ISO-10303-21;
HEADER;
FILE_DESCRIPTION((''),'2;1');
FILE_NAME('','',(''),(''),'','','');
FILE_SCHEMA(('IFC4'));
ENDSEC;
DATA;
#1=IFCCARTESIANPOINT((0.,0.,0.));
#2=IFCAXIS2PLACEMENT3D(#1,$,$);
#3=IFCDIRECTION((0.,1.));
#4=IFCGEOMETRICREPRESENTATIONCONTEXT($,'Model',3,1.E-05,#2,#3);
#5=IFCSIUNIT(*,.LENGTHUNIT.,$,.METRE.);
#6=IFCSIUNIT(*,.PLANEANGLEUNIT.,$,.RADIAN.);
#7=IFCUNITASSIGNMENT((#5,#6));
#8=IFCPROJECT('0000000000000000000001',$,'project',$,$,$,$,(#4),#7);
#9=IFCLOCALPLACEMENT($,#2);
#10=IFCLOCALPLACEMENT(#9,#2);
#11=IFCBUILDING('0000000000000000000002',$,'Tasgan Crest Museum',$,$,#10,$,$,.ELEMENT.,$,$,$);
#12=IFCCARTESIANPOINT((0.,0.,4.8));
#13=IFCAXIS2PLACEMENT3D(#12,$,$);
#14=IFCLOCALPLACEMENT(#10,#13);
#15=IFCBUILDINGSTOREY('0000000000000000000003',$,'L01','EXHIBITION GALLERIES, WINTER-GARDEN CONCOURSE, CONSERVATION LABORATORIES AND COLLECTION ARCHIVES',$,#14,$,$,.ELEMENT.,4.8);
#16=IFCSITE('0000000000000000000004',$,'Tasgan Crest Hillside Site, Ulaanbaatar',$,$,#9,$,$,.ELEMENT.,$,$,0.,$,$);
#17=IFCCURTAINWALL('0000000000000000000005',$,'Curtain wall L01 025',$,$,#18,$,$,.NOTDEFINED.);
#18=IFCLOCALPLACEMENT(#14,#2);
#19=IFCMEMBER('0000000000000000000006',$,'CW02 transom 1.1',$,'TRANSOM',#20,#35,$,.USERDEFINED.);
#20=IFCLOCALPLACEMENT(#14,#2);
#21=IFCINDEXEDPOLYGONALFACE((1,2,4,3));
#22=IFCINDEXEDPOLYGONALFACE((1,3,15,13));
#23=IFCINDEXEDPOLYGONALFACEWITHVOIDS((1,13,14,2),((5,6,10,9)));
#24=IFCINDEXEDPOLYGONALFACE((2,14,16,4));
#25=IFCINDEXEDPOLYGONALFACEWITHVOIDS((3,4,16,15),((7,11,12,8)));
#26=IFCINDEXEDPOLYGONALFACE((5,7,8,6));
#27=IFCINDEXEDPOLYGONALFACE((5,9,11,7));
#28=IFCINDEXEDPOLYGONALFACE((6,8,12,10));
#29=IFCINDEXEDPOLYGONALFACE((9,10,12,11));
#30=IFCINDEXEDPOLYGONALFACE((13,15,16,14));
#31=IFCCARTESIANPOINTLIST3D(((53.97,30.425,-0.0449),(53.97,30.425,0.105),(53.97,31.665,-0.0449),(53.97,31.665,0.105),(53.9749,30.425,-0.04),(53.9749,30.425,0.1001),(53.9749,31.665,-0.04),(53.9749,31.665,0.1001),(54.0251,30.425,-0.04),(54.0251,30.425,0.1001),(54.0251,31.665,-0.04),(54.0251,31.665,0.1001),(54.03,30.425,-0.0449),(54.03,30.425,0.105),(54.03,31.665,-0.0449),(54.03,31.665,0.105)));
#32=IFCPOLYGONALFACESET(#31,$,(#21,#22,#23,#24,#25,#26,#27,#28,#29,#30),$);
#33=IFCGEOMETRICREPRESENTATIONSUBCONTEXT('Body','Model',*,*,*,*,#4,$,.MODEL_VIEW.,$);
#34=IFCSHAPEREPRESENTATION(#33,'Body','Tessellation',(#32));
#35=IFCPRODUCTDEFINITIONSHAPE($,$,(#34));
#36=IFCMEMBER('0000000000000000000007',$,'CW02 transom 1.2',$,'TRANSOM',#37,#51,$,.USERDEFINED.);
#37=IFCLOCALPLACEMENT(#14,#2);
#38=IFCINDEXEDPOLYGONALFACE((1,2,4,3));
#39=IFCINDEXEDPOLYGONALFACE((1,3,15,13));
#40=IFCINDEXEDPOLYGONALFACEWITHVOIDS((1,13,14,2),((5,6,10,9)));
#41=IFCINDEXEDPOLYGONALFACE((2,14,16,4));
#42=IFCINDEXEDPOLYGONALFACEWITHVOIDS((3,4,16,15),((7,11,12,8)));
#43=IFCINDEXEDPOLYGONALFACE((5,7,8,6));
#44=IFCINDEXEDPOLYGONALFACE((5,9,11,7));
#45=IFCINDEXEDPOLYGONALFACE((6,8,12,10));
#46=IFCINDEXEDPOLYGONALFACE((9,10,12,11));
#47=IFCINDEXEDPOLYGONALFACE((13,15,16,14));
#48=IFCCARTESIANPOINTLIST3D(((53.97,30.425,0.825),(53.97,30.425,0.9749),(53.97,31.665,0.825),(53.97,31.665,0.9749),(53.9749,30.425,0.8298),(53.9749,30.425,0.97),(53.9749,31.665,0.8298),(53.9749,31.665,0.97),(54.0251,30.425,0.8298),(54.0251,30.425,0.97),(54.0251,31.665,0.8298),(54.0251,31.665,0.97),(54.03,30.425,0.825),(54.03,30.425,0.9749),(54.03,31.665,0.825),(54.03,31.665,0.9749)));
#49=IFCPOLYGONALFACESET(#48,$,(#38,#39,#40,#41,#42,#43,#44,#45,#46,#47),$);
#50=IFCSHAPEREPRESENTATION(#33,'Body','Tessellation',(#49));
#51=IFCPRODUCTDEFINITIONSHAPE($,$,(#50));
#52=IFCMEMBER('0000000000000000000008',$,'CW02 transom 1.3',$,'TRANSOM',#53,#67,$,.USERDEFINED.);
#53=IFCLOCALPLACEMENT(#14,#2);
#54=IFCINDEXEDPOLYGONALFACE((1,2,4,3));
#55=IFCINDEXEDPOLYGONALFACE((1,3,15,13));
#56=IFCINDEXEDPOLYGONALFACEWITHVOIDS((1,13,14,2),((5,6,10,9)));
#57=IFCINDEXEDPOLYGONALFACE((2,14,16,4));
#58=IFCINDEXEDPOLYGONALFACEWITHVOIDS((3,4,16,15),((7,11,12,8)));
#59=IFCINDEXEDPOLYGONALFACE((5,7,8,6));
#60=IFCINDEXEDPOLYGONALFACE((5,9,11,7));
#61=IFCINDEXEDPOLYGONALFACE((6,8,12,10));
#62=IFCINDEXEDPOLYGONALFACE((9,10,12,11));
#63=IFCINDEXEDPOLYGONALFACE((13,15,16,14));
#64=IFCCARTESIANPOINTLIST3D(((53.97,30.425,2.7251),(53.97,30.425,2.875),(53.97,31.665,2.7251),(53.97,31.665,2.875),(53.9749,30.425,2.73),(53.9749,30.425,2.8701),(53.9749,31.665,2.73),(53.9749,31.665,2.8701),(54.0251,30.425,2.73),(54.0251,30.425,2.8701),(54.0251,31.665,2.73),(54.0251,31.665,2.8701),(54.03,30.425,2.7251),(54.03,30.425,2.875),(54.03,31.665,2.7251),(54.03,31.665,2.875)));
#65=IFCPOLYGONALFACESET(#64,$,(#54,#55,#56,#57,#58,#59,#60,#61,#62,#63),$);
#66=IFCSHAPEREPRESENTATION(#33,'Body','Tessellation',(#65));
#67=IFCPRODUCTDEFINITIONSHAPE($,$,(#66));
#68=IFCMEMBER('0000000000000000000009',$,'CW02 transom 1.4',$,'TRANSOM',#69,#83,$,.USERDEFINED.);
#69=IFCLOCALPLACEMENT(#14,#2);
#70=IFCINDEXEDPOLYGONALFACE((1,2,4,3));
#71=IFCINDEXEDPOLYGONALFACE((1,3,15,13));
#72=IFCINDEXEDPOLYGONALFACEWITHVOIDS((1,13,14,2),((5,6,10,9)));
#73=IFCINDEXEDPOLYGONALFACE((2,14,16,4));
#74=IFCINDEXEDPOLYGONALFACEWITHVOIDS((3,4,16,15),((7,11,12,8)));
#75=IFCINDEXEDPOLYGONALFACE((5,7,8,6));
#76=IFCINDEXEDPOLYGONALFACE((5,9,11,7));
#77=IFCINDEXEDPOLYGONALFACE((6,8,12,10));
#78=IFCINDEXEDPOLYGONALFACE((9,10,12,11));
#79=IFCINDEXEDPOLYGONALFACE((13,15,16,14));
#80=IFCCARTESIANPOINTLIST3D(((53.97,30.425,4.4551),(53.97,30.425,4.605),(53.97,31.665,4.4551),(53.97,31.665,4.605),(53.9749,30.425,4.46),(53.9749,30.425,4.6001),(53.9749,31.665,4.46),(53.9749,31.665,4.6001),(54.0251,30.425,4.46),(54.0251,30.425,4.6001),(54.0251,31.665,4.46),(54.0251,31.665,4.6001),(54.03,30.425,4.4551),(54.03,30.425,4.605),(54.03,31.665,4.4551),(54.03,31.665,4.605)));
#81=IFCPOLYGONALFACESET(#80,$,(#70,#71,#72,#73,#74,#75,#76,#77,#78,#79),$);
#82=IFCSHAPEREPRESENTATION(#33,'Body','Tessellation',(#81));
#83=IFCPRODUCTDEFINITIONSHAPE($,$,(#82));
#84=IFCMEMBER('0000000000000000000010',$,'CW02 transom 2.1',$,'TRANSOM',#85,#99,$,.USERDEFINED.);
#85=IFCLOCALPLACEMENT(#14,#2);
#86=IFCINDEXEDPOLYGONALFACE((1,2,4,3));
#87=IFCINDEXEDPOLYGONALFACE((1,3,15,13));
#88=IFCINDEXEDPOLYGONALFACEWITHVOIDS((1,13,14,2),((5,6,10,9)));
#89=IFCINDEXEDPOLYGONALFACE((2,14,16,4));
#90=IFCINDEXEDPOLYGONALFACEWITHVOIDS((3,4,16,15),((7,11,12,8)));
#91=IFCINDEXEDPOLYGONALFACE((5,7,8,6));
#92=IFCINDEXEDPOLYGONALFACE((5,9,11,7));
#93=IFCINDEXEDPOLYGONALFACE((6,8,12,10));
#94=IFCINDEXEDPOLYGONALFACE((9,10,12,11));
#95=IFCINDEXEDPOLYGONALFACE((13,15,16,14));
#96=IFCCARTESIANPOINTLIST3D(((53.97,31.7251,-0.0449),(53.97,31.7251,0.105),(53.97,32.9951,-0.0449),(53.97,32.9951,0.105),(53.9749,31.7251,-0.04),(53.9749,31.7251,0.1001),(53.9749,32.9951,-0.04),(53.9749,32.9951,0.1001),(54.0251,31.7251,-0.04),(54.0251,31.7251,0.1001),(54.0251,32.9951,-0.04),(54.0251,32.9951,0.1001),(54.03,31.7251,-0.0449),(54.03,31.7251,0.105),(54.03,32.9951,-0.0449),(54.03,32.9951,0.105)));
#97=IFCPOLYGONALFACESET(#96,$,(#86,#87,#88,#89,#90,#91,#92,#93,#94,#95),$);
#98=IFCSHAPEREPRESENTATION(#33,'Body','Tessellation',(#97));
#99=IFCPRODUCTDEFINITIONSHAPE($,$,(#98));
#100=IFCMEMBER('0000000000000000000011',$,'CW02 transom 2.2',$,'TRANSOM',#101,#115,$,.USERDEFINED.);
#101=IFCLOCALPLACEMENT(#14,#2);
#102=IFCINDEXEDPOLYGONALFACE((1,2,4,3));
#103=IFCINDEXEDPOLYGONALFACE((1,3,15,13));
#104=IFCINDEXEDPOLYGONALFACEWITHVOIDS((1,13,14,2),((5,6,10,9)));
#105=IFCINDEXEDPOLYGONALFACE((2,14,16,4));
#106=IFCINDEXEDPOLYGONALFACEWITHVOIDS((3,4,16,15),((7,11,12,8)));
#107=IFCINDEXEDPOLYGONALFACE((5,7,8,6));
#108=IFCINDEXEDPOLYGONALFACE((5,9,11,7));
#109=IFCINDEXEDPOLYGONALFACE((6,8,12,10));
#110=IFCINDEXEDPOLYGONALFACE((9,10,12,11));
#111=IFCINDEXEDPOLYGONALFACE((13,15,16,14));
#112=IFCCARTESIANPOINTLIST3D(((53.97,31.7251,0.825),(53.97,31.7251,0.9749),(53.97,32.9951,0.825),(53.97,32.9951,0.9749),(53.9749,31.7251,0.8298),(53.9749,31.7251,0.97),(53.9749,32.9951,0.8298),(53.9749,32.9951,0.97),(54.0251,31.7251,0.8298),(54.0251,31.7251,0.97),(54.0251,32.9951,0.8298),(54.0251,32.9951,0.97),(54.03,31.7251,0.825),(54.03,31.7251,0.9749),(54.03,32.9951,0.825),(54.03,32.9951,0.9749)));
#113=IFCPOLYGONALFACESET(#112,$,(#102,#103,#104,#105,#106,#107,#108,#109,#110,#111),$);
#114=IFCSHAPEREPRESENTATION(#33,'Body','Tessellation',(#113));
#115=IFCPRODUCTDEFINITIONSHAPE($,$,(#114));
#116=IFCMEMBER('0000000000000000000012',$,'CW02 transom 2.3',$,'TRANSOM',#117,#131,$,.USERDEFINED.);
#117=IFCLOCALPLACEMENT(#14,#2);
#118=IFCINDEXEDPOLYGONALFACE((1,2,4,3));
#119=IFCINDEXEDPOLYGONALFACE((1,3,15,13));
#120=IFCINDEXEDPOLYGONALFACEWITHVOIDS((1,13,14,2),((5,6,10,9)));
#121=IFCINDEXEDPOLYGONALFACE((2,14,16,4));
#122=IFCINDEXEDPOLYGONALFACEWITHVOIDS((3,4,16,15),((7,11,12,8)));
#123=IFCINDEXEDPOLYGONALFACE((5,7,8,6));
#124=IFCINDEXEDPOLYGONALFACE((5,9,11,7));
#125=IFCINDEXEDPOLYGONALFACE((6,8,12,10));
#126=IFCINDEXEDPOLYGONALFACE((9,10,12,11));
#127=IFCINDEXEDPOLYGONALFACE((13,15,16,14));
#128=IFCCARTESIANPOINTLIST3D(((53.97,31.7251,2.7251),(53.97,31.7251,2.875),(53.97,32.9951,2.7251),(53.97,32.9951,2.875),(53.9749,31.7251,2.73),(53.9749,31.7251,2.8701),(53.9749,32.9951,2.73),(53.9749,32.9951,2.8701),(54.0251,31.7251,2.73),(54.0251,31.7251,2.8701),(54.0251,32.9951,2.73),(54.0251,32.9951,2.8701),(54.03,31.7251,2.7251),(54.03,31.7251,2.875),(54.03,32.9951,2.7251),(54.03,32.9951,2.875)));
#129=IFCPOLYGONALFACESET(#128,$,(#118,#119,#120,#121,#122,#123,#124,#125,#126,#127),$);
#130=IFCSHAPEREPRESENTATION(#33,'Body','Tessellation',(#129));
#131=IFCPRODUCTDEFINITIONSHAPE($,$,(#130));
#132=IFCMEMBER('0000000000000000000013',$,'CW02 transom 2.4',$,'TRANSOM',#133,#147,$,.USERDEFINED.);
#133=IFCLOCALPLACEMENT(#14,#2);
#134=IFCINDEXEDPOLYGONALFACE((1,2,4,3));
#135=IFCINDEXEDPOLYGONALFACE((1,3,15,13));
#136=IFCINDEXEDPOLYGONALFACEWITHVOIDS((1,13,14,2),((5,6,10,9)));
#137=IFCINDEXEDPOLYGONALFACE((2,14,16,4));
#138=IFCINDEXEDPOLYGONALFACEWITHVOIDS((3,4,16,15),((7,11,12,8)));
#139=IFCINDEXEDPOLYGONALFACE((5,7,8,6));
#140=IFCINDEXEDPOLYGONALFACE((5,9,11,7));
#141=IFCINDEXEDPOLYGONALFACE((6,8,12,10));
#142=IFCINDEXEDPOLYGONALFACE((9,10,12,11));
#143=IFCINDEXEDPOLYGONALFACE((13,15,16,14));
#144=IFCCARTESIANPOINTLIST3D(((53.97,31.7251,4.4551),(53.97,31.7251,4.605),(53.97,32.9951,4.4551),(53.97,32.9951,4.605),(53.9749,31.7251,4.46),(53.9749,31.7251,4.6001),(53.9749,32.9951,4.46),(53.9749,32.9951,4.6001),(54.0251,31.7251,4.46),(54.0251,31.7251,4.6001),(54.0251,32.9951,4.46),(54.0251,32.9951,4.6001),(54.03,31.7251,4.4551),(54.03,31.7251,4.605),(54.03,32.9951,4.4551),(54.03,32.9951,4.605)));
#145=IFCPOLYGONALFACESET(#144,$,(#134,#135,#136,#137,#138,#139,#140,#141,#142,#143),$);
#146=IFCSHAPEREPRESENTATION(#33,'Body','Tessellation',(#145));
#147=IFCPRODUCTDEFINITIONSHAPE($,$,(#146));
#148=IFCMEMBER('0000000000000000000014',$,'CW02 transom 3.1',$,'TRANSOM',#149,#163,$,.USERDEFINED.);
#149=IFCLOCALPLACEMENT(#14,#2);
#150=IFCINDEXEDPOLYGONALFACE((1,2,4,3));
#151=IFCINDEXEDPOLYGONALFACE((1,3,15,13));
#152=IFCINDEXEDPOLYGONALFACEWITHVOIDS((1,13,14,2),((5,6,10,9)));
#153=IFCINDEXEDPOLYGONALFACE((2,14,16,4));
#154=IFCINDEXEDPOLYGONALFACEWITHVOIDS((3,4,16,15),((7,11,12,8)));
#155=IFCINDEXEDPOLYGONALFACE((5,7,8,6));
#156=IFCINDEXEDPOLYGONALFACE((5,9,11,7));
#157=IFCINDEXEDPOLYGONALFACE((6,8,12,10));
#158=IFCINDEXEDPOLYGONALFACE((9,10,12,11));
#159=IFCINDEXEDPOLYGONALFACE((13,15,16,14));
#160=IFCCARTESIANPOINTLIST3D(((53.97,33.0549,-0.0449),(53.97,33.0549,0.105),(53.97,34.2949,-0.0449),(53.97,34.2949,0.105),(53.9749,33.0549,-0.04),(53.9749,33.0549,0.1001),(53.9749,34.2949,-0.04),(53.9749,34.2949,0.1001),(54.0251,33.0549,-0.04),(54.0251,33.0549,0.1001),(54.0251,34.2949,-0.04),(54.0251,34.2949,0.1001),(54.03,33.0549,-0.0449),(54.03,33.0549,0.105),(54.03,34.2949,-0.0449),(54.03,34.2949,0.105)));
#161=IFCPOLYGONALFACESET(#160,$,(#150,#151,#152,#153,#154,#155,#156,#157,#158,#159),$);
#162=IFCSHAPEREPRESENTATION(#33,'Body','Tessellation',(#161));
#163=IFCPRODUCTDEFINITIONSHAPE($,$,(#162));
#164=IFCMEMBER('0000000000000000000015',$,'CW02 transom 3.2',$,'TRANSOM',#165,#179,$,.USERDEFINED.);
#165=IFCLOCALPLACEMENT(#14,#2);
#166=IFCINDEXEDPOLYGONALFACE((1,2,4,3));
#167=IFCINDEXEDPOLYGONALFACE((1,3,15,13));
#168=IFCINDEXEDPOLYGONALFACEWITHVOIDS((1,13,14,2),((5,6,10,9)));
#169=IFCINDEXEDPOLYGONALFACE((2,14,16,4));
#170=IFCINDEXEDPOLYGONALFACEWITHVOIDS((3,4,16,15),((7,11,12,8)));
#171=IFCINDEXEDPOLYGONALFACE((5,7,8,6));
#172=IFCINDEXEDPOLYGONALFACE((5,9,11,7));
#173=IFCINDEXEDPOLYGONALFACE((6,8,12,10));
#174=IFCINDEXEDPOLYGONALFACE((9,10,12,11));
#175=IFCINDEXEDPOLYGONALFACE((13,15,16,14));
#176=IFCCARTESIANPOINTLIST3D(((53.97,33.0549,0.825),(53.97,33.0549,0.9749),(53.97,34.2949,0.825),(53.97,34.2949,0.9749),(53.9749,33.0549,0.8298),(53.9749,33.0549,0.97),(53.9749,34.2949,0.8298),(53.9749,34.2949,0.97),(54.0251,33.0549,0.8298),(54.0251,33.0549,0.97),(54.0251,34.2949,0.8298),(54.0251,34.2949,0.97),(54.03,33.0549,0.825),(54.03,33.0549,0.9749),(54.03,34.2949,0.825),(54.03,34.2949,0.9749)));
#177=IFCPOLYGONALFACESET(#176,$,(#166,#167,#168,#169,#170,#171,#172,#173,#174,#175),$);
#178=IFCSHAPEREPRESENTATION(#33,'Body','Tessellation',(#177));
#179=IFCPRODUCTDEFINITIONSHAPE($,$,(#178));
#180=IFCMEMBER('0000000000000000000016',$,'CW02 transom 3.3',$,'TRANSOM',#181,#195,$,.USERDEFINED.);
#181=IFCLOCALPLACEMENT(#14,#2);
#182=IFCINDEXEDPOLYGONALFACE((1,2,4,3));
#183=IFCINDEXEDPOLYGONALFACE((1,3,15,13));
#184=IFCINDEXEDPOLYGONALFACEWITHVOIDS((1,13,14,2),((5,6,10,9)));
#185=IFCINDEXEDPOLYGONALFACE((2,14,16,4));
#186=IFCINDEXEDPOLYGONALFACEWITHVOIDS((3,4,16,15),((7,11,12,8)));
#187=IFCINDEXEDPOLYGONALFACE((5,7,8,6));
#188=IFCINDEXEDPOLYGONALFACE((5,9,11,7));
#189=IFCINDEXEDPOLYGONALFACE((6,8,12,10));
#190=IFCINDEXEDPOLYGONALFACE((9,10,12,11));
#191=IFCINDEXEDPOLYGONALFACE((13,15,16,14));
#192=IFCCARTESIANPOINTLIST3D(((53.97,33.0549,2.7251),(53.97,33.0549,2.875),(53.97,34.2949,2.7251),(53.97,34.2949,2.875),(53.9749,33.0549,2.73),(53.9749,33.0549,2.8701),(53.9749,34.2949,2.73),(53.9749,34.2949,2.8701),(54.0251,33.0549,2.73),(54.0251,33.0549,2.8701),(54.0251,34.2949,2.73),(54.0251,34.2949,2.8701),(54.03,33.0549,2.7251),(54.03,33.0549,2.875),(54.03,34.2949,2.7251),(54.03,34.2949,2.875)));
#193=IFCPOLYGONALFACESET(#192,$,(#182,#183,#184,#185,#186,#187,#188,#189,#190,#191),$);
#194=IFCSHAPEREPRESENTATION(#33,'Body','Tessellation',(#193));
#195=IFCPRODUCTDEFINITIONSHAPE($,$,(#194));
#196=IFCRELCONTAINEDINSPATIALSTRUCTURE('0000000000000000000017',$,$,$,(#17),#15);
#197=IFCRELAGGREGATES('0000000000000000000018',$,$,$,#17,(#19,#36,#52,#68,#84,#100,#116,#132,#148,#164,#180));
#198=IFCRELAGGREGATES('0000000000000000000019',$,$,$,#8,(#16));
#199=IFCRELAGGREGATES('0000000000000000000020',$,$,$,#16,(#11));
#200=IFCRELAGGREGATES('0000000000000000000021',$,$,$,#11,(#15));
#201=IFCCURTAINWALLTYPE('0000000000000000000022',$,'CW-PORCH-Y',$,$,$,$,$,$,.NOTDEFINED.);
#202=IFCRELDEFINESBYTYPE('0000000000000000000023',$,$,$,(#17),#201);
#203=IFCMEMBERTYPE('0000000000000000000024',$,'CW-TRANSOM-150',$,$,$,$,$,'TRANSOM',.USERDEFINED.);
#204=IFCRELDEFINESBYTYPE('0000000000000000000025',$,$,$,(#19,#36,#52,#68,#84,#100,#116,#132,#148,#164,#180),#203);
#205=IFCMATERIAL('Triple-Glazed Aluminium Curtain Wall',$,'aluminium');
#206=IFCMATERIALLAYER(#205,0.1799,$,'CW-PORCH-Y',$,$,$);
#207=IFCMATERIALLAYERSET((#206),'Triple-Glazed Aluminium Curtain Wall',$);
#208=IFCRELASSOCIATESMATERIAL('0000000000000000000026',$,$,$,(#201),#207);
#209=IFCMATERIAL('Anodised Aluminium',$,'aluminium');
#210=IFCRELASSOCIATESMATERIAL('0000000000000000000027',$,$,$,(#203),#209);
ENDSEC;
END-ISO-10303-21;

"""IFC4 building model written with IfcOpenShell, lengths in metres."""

from ifc_helpers import new_model, si_unit, direction, frame, origin, origin_2d, place, context, subcontext, project, spatial, hollow_rectangle, extrude, material, layer, layer_set, material_profile, profile_set, type_object, element, aggregate, save


model = new_model("IFC4")

# Units and contexts
model_context = context("Model", 3, precision=1e-05, world=origin(), true_north=direction((0.0, 1.0)))
body_context = subcontext(model_context, "Body", "Model", "MODEL_VIEW")
ifc_project = project(units=[si_unit("LENGTHUNIT", "METRE"), si_unit("PLANEANGLEUNIT", "RADIAN")], contexts=[model_context])

# Site, building, storey
site_placement = place(None, origin())
site = spatial("IfcSite", under=ifc_project, at=site_placement, Name="Tasgan Crest Hillside Site, Ulaanbaatar", CompositionType="ELEMENT", RefElevation=0.0)
building_placement = place(site_placement, origin())
building = spatial("IfcBuilding", under=site, at=building_placement, Name="Tasgan Crest Museum", CompositionType="ELEMENT")
storey_placement = place(building_placement, frame((0.0, 0.0, 4.8)))
storey = spatial("IfcBuildingStorey", under=building, at=storey_placement, Name="L01", Description="EXHIBITION GALLERIES, WINTER-GARDEN CONCOURSE, CONSERVATION LABORATORIES AND COLLECTION ARCHIVES", CompositionType="ELEMENT", Elevation=4.8)

# Curtain wall
ifc_material_1 = material(Name="Triple-Glazed Aluminium Curtain Wall", Category="aluminium")
ifc_layer_1 = layer(ifc_material_1, 0.1799, Name="CW-PORCH-Y")
ifc_layer_set_1 = layer_set([ifc_layer_1], Name="Triple-Glazed Aluminium Curtain Wall")
curtain_wall_type = type_object("IfcCurtainWallType", Name="CW-PORCH-Y", PredefinedType="NOTDEFINED", material=ifc_layer_set_1)
curtain_wall_1_placement = place(storey_placement, origin())
curtain_wall_1 = element("IfcCurtainWall", 1, at=curtain_wall_1_placement, inside=storey, type_object=curtain_wall_type, Name="Curtain wall L01 025", PredefinedType="NOTDEFINED")

# Members
ifc_material_2 = material(Name="Anodised Aluminium", Category="aluminium")
ifc_material_profile_1 = material_profile(ifc_material_2, hollow_rectangle(XDim=0.0601, YDim=0.1499, WallThickness=0.0049, at=origin_2d()), Name="ALU TRANSOM 150x60x5")
ifc_profile_set_1 = profile_set([ifc_material_profile_1], Name="Anodised Aluminium")
member_type_1 = type_object("IfcMemberType", Name="CW-TRANSOM-150", ElementType="TRANSOM", PredefinedType="USERDEFINED", material=ifc_profile_set_1)
member_1_placement = place(storey_placement, frame((54.0, 30.425, 0.03), z_axis=(0.0, 1.0, 0.0), x_axis=(-1.0, 0.0, 0.0)))
member_1 = element("IfcMember", 2, at=member_1_placement, type_object=member_type_1, Name="CW02 transom 1.1", ObjectType="TRANSOM", PredefinedType="USERDEFINED", context=body_context, shape_type="SweptSolid", body=[
    extrude(hollow_rectangle(XDim=0.0601, YDim=0.1499, WallThickness=0.0049, at=origin_2d()), origin(), (0.0, 0.0, 1.0), 1.24),
])
member_2_placement = place(storey_placement, frame((54.0, 30.425, 0.8999), z_axis=(0.0, 1.0, 0.0), x_axis=(-1.0, 0.0, 0.0)))
member_2 = element("IfcMember", 3, at=member_2_placement, type_object=member_type_1, Name="CW02 transom 1.2", ObjectType="TRANSOM", PredefinedType="USERDEFINED", context=body_context, shape_type="SweptSolid", body=[
    extrude(hollow_rectangle(XDim=0.0601, YDim=0.1499, WallThickness=0.0049, at=origin_2d()), origin(), (0.0, 0.0, 1.0), 1.24),
])
member_3_placement = place(storey_placement, frame((54.0, 30.425, 2.8), z_axis=(0.0, 1.0, 0.0), x_axis=(-1.0, 0.0, 0.0)))
member_3 = element("IfcMember", 4, at=member_3_placement, type_object=member_type_1, Name="CW02 transom 1.3", ObjectType="TRANSOM", PredefinedType="USERDEFINED", context=body_context, shape_type="SweptSolid", body=[
    extrude(hollow_rectangle(XDim=0.0601, YDim=0.1499, WallThickness=0.0049, at=origin_2d()), origin(), (0.0, 0.0, 1.0), 1.24),
])
member_4_placement = place(storey_placement, frame((54.0, 30.425, 4.53), z_axis=(0.0, 1.0, 0.0), x_axis=(-1.0, 0.0, 0.0)))
member_4 = element("IfcMember", 5, at=member_4_placement, type_object=member_type_1, Name="CW02 transom 1.4", ObjectType="TRANSOM", PredefinedType="USERDEFINED", context=body_context, shape_type="SweptSolid", body=[
    extrude(hollow_rectangle(XDim=0.0601, YDim=0.1499, WallThickness=0.0049, at=origin_2d()), origin(), (0.0, 0.0, 1.0), 1.24),
])
member_5_placement = place(storey_placement, frame((54.0, 31.7251, 0.03), z_axis=(0.0, 1.0, 0.0), x_axis=(-1.0, 0.0, 0.0)))
member_5 = element("IfcMember", 6, at=member_5_placement, type_object=member_type_1, Name="CW02 transom 2.1", ObjectType="TRANSOM", PredefinedType="USERDEFINED", context=body_context, shape_type="SweptSolid", body=[
    extrude(hollow_rectangle(XDim=0.0601, YDim=0.1499, WallThickness=0.0049, at=origin_2d()), origin(), (0.0, 0.0, 1.0), 1.27),
])
member_6_placement = place(storey_placement, frame((54.0, 31.7251, 0.8999), z_axis=(0.0, 1.0, 0.0), x_axis=(-1.0, 0.0, 0.0)))
member_6 = element("IfcMember", 7, at=member_6_placement, type_object=member_type_1, Name="CW02 transom 2.2", ObjectType="TRANSOM", PredefinedType="USERDEFINED", context=body_context, shape_type="SweptSolid", body=[
    extrude(hollow_rectangle(XDim=0.0601, YDim=0.1499, WallThickness=0.0049, at=origin_2d()), origin(), (0.0, 0.0, 1.0), 1.27),
])
member_7_placement = place(storey_placement, frame((54.0, 31.7251, 2.8), z_axis=(0.0, 1.0, 0.0), x_axis=(-1.0, 0.0, 0.0)))
member_7 = element("IfcMember", 8, at=member_7_placement, type_object=member_type_1, Name="CW02 transom 2.3", ObjectType="TRANSOM", PredefinedType="USERDEFINED", context=body_context, shape_type="SweptSolid", body=[
    extrude(hollow_rectangle(XDim=0.0601, YDim=0.1499, WallThickness=0.0049, at=origin_2d()), origin(), (0.0, 0.0, 1.0), 1.27),
])
member_8_placement = place(storey_placement, frame((54.0, 31.7251, 4.53), z_axis=(0.0, 1.0, 0.0), x_axis=(-1.0, 0.0, 0.0)))
member_8 = element("IfcMember", 9, at=member_8_placement, type_object=member_type_1, Name="CW02 transom 2.4", ObjectType="TRANSOM", PredefinedType="USERDEFINED", context=body_context, shape_type="SweptSolid", body=[
    extrude(hollow_rectangle(XDim=0.0601, YDim=0.1499, WallThickness=0.0049, at=origin_2d()), origin(), (0.0, 0.0, 1.0), 1.27),
])
member_9_placement = place(storey_placement, frame((54.0, 33.0549, 0.03), z_axis=(0.0, 1.0, 0.0), x_axis=(-1.0, 0.0, 0.0)))
member_9 = element("IfcMember", 10, at=member_9_placement, type_object=member_type_1, Name="CW02 transom 3.1", ObjectType="TRANSOM", PredefinedType="USERDEFINED", context=body_context, shape_type="SweptSolid", body=[
    extrude(hollow_rectangle(XDim=0.0601, YDim=0.1499, WallThickness=0.0049, at=origin_2d()), origin(), (0.0, 0.0, 1.0), 1.24),
])
member_10_placement = place(storey_placement, frame((54.0, 33.0549, 0.8999), z_axis=(0.0, 1.0, 0.0), x_axis=(-1.0, 0.0, 0.0)))
member_10 = element("IfcMember", 11, at=member_10_placement, type_object=member_type_1, Name="CW02 transom 3.2", ObjectType="TRANSOM", PredefinedType="USERDEFINED", context=body_context, shape_type="SweptSolid", body=[
    extrude(hollow_rectangle(XDim=0.0601, YDim=0.1499, WallThickness=0.0049, at=origin_2d()), origin(), (0.0, 0.0, 1.0), 1.24),
])
member_11_placement = place(storey_placement, frame((54.0, 33.0549, 2.8), z_axis=(0.0, 1.0, 0.0), x_axis=(-1.0, 0.0, 0.0)))
member_11 = element("IfcMember", 12, at=member_11_placement, type_object=member_type_1, Name="CW02 transom 3.3", ObjectType="TRANSOM", PredefinedType="USERDEFINED", context=body_context, shape_type="SweptSolid", body=[
    extrude(hollow_rectangle(XDim=0.0601, YDim=0.1499, WallThickness=0.0049, at=origin_2d()), origin(), (0.0, 0.0, 1.0), 1.24),
])

aggregate(curtain_wall_1, [member_1, member_2, member_3, member_4, member_5, member_6, member_7, member_8, member_9, member_10, member_11])

save(model, "model.ifc")
